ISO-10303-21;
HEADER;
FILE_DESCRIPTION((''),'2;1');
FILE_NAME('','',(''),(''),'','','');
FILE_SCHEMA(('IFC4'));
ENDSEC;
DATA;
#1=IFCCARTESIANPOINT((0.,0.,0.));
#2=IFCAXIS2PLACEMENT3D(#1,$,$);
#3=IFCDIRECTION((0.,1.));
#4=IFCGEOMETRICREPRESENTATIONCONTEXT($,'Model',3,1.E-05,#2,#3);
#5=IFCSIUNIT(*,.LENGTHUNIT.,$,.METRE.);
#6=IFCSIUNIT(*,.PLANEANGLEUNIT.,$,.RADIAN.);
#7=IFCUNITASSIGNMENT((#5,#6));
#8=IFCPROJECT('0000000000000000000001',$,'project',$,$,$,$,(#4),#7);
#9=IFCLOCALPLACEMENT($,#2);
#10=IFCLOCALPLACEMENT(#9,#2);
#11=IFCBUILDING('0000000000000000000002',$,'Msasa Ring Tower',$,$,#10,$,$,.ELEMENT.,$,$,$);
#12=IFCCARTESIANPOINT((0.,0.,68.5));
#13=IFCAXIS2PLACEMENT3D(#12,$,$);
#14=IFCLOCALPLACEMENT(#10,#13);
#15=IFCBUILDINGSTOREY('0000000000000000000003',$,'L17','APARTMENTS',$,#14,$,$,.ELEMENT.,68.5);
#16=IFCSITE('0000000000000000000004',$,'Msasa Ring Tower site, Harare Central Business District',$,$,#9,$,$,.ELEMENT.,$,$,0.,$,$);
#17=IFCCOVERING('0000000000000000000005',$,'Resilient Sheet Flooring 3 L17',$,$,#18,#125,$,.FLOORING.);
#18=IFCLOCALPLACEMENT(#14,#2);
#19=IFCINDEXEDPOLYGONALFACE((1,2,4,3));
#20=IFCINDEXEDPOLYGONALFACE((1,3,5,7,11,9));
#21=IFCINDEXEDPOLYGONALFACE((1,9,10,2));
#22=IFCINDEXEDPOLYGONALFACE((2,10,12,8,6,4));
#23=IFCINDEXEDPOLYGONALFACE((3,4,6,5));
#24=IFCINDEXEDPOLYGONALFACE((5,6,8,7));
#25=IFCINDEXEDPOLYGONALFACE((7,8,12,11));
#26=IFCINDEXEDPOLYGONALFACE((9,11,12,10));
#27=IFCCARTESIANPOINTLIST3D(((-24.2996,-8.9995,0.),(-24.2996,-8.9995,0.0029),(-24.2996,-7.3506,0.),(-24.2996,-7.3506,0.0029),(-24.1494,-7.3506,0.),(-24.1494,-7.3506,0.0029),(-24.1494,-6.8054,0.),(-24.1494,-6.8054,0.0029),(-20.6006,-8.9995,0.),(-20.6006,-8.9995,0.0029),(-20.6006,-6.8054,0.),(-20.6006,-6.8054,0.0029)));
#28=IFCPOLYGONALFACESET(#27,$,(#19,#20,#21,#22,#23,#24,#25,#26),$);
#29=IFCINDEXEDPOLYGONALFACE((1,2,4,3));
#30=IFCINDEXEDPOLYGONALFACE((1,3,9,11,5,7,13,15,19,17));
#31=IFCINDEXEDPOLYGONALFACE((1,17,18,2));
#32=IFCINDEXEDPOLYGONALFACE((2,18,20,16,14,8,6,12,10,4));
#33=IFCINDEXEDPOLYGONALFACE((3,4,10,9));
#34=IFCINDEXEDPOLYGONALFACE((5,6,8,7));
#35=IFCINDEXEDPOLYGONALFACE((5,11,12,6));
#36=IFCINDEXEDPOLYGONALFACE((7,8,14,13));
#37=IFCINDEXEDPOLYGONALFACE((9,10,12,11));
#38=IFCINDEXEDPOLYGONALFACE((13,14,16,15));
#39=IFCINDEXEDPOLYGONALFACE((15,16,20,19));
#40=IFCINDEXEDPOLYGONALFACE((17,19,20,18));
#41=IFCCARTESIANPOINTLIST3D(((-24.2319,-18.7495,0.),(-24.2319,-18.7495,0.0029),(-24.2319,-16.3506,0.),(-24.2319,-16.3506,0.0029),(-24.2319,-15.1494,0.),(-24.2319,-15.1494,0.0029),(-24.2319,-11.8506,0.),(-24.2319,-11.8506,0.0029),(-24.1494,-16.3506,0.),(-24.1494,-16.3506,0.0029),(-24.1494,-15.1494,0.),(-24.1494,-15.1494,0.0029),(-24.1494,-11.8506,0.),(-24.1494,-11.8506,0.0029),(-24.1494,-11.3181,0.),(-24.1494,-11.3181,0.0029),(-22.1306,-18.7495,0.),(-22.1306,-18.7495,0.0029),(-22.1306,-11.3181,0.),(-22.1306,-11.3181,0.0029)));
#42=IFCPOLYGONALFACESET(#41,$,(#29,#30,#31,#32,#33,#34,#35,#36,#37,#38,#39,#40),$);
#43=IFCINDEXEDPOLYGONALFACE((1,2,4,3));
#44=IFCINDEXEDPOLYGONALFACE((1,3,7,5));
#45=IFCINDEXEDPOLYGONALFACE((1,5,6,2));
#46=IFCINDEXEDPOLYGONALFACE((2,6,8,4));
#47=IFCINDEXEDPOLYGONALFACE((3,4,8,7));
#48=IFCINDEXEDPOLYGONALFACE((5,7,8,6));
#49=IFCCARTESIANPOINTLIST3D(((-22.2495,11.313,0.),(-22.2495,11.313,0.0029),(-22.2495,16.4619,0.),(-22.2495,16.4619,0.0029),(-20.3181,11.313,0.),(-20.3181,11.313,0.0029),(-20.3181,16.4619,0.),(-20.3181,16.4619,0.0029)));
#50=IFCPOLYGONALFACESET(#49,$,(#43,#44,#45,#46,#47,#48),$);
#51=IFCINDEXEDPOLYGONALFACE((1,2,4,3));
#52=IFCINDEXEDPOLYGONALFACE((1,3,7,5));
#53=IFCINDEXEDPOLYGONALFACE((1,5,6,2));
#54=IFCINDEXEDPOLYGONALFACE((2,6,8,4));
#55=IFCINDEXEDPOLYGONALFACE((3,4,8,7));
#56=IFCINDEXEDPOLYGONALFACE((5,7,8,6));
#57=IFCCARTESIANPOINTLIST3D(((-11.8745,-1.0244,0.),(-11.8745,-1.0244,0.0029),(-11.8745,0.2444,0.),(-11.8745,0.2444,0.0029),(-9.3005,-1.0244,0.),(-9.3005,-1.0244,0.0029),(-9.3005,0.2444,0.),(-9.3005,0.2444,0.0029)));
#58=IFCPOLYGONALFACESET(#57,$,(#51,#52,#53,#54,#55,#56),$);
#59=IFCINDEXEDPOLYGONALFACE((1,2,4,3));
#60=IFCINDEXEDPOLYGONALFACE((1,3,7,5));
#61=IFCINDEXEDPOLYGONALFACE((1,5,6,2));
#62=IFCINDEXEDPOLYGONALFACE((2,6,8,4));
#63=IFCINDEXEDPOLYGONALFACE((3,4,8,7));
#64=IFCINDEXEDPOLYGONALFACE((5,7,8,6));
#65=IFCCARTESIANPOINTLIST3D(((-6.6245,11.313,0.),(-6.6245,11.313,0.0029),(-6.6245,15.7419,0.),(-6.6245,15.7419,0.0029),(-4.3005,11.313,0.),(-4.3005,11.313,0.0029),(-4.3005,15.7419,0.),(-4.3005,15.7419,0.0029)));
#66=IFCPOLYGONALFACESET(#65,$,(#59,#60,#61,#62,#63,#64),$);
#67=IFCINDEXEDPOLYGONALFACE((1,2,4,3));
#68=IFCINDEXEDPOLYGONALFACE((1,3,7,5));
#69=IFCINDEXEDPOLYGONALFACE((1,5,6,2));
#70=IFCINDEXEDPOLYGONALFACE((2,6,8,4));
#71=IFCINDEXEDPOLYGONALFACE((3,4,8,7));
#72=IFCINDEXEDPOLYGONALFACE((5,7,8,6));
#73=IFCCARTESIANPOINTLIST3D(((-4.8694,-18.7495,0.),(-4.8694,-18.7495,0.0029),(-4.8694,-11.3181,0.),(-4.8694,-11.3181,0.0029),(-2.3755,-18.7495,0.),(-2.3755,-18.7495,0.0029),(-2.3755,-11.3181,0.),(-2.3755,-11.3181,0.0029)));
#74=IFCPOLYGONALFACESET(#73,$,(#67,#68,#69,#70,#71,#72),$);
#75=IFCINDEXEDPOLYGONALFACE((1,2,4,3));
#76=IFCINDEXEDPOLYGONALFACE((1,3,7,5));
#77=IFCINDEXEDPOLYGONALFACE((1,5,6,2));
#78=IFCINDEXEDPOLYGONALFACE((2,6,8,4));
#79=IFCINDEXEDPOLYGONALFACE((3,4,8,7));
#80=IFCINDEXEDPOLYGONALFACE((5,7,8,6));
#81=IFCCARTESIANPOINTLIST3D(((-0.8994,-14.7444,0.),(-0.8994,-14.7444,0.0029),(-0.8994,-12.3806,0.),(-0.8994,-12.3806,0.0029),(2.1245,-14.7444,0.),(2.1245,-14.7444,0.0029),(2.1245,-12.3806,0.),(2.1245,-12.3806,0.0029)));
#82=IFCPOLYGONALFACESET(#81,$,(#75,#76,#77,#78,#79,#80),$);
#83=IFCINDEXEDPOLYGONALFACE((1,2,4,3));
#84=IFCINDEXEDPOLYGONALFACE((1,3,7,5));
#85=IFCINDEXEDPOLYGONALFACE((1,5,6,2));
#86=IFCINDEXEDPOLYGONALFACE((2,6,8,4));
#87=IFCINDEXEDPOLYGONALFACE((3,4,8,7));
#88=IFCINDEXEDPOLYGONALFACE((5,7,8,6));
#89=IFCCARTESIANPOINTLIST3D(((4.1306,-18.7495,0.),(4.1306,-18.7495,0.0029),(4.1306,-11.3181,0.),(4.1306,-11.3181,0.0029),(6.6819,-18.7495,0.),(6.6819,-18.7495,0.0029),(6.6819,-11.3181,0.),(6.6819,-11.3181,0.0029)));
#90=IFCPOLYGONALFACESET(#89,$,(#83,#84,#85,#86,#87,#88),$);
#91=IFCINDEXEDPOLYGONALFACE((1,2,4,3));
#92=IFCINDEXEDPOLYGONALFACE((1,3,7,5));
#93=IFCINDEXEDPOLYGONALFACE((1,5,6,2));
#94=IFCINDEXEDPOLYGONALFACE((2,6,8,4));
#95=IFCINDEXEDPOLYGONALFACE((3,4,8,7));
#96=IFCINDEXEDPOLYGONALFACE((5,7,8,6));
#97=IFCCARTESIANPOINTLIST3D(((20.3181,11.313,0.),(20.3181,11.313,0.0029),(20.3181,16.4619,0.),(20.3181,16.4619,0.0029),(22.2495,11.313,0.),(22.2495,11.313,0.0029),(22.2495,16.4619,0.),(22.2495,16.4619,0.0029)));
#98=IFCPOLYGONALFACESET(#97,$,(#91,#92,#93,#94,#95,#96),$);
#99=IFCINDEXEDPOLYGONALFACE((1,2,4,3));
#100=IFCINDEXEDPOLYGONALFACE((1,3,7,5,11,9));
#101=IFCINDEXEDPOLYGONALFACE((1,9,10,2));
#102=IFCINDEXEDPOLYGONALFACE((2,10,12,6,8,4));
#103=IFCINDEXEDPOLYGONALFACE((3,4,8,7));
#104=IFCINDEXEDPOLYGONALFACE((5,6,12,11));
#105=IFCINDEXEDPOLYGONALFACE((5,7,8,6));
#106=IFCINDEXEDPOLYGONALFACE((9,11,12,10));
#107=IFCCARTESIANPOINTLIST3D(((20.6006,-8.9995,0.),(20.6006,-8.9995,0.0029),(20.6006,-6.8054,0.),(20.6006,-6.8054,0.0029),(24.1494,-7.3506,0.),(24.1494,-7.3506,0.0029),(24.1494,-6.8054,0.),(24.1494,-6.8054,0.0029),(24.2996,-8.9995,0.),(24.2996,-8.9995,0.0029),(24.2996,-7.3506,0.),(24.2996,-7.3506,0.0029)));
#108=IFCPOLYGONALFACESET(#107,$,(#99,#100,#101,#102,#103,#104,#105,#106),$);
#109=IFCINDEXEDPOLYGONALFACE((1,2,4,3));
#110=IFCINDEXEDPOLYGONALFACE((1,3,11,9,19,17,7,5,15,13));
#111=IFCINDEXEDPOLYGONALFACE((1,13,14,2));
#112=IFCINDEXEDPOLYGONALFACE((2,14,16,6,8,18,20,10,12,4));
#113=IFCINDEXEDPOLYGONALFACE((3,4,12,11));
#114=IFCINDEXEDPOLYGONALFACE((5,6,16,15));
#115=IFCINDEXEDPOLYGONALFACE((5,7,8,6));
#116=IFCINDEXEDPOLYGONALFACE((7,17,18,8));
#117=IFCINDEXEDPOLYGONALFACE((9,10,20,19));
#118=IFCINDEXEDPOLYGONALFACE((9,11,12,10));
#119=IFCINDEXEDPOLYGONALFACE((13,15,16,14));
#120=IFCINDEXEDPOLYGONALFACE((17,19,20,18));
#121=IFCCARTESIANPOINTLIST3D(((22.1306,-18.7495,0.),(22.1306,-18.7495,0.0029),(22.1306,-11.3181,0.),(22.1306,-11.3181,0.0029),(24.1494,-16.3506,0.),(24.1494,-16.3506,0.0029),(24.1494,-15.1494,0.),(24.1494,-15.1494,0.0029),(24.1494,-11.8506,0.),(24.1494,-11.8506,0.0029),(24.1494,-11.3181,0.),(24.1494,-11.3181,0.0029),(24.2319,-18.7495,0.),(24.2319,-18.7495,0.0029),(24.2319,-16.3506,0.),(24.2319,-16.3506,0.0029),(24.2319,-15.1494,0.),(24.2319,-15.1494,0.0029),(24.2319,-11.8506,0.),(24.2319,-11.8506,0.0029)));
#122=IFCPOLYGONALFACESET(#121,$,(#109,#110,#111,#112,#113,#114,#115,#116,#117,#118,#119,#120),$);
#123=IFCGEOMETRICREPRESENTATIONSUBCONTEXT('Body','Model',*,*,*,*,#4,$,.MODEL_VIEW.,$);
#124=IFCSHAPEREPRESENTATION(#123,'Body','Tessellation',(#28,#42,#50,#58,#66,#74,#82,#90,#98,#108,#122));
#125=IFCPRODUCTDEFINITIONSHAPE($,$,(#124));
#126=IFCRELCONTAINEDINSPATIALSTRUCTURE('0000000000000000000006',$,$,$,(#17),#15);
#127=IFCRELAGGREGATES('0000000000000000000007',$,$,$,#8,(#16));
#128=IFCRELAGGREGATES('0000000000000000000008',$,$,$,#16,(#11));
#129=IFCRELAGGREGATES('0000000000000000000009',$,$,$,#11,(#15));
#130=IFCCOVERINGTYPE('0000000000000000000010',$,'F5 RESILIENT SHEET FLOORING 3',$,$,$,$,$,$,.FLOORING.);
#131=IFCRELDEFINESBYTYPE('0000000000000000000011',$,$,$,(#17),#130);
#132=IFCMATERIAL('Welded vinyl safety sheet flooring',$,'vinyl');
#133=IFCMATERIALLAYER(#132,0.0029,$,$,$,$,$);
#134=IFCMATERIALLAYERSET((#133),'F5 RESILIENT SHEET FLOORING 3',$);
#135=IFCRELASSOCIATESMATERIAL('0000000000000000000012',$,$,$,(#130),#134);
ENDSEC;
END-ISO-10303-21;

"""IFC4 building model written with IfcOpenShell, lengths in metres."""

from ifc_helpers import new_model, si_unit, direction, frame, origin, place, context, subcontext, project, spatial, line, indexed_curve, outline, extrude, material, layer, layer_set, type_object, element, save


model = new_model("IFC4")

# Units and contexts
model_context = context("Model", 3, precision=1e-05, world=origin(), true_north=direction((0.0, 1.0)))
body_context = subcontext(model_context, "Body", "Model", "MODEL_VIEW")
ifc_project = project(units=[si_unit("LENGTHUNIT", "METRE"), si_unit("PLANEANGLEUNIT", "RADIAN")], contexts=[model_context])

# Site, building, storey
site_placement = place(None, origin())
site = spatial("IfcSite", under=ifc_project, at=site_placement, Name="Msasa Ring Tower site, Harare Central Business District", CompositionType="ELEMENT", RefElevation=0.0)
building_placement = place(site_placement, origin())
building = spatial("IfcBuilding", under=site, at=building_placement, Name="Msasa Ring Tower", CompositionType="ELEMENT")
storey_placement = place(building_placement, frame((0.0, 0.0, 68.5)))
storey = spatial("IfcBuildingStorey", under=building, at=storey_placement, Name="L17", Description="APARTMENTS", CompositionType="ELEMENT", Elevation=68.5)

# Covering
ifc_material_1 = material(Name="Welded vinyl safety sheet flooring", Category="vinyl")
ifc_layer_1 = layer(ifc_material_1, 0.0029)
ifc_layer_set_1 = layer_set([ifc_layer_1], Name="F5 RESILIENT SHEET FLOORING 3")
covering_type_1 = type_object("IfcCoveringType", Name="F5 RESILIENT SHEET FLOORING 3", PredefinedType="FLOORING", material=ifc_layer_set_1)
covering_1_placement = place(storey_placement, origin())
element("IfcCovering", 1, at=covering_1_placement, inside=storey, type_object=covering_type_1, Name="Resilient Sheet Flooring 3 L17", PredefinedType="FLOORING", context=body_context, shape_type="SweptSolid", body=[
    extrude(outline(indexed_curve([(-20.6006, -8.9995), (-24.2996, -8.9995), (-24.2996, -7.3506), (-24.1494, -7.3506), (-24.1494, -6.8054), (-20.6006, -6.8054)], segments=[line(1, 2, 3, 4, 5, 6, 1)], self_intersect=False)), origin(), (0.0, 0.0, 1.0), 0.0029),
    extrude(outline(indexed_curve([(-24.2319, -16.3506), (-24.1494, -16.3506), (-24.1494, -15.1494), (-24.2319, -15.1494), (-24.2319, -11.8506), (-24.1494, -11.8506), (-24.1494, -11.3181), (-22.1306, -11.3181), (-22.1306, -18.7495), (-24.2319, -18.7495)], segments=[line(1, 2, 3, 4, 5, 6, 7, 8, 9, 10, 1)], self_intersect=False)), origin(), (0.0, 0.0, 1.0), 0.0029),
    extrude(outline(indexed_curve([(-22.2495, 16.4619), (-20.3181, 16.4619), (-20.3181, 11.313), (-22.2495, 11.313)], segments=[line(1, 2, 3, 4, 1)], self_intersect=False)), origin(), (0.0, 0.0, 1.0), 0.0029),
    extrude(outline(indexed_curve([(-9.3005, 0.2444), (-9.3005, -1.0244), (-11.8745, -1.0244), (-11.8745, 0.2444)], segments=[line(1, 2, 3, 4, 1)], self_intersect=False)), origin(), (0.0, 0.0, 1.0), 0.0029),
    extrude(outline(indexed_curve([(-4.3005, 15.7419), (-4.3005, 11.313), (-6.6245, 11.313), (-6.6245, 15.7419)], segments=[line(1, 2, 3, 4, 1)], self_intersect=False)), origin(), (0.0, 0.0, 1.0), 0.0029),
    extrude(outline(indexed_curve([(-4.8694, -11.3181), (-2.3755, -11.3181), (-2.3755, -18.7495), (-4.8694, -18.7495)], segments=[line(1, 2, 3, 4, 1)], self_intersect=False)), origin(), (0.0, 0.0, 1.0), 0.0029),
    extrude(outline(indexed_curve([(2.1245, -12.3806), (2.1245, -14.7444), (-0.8994, -14.7444), (-0.8994, -12.3806)], segments=[line(1, 2, 3, 4, 1)], self_intersect=False)), origin(), (0.0, 0.0, 1.0), 0.0029),
    extrude(outline(indexed_curve([(6.6819, -11.3181), (6.6819, -18.7495), (4.1306, -18.7495), (4.1306, -11.3181)], segments=[line(1, 2, 3, 4, 1)], self_intersect=False)), origin(), (0.0, 0.0, 1.0), 0.0029),
    extrude(outline(indexed_curve([(22.2495, 16.4619), (22.2495, 11.313), (20.3181, 11.313), (20.3181, 16.4619)], segments=[line(1, 2, 3, 4, 1)], self_intersect=False)), origin(), (0.0, 0.0, 1.0), 0.0029),
    extrude(outline(indexed_curve([(20.6006, -6.8054), (24.1494, -6.8054), (24.1494, -7.3506), (24.2996, -7.3506), (24.2996, -8.9995), (20.6006, -8.9995)], segments=[line(1, 2, 3, 4, 5, 6, 1)], self_intersect=False)), origin(), (0.0, 0.0, 1.0), 0.0029),
    extrude(outline(indexed_curve([(24.1494, -11.3181), (24.1494, -11.8506), (24.2319, -11.8506), (24.2319, -15.1494), (24.1494, -15.1494), (24.1494, -16.3506), (24.2319, -16.3506), (24.2319, -18.7495), (22.1306, -18.7495), (22.1306, -11.3181)], segments=[line(1, 2, 3, 4, 5, 6, 7, 8, 9, 10, 1)], self_intersect=False)), origin(), (0.0, 0.0, 1.0), 0.0029),
])

save(model, "model.ifc")
